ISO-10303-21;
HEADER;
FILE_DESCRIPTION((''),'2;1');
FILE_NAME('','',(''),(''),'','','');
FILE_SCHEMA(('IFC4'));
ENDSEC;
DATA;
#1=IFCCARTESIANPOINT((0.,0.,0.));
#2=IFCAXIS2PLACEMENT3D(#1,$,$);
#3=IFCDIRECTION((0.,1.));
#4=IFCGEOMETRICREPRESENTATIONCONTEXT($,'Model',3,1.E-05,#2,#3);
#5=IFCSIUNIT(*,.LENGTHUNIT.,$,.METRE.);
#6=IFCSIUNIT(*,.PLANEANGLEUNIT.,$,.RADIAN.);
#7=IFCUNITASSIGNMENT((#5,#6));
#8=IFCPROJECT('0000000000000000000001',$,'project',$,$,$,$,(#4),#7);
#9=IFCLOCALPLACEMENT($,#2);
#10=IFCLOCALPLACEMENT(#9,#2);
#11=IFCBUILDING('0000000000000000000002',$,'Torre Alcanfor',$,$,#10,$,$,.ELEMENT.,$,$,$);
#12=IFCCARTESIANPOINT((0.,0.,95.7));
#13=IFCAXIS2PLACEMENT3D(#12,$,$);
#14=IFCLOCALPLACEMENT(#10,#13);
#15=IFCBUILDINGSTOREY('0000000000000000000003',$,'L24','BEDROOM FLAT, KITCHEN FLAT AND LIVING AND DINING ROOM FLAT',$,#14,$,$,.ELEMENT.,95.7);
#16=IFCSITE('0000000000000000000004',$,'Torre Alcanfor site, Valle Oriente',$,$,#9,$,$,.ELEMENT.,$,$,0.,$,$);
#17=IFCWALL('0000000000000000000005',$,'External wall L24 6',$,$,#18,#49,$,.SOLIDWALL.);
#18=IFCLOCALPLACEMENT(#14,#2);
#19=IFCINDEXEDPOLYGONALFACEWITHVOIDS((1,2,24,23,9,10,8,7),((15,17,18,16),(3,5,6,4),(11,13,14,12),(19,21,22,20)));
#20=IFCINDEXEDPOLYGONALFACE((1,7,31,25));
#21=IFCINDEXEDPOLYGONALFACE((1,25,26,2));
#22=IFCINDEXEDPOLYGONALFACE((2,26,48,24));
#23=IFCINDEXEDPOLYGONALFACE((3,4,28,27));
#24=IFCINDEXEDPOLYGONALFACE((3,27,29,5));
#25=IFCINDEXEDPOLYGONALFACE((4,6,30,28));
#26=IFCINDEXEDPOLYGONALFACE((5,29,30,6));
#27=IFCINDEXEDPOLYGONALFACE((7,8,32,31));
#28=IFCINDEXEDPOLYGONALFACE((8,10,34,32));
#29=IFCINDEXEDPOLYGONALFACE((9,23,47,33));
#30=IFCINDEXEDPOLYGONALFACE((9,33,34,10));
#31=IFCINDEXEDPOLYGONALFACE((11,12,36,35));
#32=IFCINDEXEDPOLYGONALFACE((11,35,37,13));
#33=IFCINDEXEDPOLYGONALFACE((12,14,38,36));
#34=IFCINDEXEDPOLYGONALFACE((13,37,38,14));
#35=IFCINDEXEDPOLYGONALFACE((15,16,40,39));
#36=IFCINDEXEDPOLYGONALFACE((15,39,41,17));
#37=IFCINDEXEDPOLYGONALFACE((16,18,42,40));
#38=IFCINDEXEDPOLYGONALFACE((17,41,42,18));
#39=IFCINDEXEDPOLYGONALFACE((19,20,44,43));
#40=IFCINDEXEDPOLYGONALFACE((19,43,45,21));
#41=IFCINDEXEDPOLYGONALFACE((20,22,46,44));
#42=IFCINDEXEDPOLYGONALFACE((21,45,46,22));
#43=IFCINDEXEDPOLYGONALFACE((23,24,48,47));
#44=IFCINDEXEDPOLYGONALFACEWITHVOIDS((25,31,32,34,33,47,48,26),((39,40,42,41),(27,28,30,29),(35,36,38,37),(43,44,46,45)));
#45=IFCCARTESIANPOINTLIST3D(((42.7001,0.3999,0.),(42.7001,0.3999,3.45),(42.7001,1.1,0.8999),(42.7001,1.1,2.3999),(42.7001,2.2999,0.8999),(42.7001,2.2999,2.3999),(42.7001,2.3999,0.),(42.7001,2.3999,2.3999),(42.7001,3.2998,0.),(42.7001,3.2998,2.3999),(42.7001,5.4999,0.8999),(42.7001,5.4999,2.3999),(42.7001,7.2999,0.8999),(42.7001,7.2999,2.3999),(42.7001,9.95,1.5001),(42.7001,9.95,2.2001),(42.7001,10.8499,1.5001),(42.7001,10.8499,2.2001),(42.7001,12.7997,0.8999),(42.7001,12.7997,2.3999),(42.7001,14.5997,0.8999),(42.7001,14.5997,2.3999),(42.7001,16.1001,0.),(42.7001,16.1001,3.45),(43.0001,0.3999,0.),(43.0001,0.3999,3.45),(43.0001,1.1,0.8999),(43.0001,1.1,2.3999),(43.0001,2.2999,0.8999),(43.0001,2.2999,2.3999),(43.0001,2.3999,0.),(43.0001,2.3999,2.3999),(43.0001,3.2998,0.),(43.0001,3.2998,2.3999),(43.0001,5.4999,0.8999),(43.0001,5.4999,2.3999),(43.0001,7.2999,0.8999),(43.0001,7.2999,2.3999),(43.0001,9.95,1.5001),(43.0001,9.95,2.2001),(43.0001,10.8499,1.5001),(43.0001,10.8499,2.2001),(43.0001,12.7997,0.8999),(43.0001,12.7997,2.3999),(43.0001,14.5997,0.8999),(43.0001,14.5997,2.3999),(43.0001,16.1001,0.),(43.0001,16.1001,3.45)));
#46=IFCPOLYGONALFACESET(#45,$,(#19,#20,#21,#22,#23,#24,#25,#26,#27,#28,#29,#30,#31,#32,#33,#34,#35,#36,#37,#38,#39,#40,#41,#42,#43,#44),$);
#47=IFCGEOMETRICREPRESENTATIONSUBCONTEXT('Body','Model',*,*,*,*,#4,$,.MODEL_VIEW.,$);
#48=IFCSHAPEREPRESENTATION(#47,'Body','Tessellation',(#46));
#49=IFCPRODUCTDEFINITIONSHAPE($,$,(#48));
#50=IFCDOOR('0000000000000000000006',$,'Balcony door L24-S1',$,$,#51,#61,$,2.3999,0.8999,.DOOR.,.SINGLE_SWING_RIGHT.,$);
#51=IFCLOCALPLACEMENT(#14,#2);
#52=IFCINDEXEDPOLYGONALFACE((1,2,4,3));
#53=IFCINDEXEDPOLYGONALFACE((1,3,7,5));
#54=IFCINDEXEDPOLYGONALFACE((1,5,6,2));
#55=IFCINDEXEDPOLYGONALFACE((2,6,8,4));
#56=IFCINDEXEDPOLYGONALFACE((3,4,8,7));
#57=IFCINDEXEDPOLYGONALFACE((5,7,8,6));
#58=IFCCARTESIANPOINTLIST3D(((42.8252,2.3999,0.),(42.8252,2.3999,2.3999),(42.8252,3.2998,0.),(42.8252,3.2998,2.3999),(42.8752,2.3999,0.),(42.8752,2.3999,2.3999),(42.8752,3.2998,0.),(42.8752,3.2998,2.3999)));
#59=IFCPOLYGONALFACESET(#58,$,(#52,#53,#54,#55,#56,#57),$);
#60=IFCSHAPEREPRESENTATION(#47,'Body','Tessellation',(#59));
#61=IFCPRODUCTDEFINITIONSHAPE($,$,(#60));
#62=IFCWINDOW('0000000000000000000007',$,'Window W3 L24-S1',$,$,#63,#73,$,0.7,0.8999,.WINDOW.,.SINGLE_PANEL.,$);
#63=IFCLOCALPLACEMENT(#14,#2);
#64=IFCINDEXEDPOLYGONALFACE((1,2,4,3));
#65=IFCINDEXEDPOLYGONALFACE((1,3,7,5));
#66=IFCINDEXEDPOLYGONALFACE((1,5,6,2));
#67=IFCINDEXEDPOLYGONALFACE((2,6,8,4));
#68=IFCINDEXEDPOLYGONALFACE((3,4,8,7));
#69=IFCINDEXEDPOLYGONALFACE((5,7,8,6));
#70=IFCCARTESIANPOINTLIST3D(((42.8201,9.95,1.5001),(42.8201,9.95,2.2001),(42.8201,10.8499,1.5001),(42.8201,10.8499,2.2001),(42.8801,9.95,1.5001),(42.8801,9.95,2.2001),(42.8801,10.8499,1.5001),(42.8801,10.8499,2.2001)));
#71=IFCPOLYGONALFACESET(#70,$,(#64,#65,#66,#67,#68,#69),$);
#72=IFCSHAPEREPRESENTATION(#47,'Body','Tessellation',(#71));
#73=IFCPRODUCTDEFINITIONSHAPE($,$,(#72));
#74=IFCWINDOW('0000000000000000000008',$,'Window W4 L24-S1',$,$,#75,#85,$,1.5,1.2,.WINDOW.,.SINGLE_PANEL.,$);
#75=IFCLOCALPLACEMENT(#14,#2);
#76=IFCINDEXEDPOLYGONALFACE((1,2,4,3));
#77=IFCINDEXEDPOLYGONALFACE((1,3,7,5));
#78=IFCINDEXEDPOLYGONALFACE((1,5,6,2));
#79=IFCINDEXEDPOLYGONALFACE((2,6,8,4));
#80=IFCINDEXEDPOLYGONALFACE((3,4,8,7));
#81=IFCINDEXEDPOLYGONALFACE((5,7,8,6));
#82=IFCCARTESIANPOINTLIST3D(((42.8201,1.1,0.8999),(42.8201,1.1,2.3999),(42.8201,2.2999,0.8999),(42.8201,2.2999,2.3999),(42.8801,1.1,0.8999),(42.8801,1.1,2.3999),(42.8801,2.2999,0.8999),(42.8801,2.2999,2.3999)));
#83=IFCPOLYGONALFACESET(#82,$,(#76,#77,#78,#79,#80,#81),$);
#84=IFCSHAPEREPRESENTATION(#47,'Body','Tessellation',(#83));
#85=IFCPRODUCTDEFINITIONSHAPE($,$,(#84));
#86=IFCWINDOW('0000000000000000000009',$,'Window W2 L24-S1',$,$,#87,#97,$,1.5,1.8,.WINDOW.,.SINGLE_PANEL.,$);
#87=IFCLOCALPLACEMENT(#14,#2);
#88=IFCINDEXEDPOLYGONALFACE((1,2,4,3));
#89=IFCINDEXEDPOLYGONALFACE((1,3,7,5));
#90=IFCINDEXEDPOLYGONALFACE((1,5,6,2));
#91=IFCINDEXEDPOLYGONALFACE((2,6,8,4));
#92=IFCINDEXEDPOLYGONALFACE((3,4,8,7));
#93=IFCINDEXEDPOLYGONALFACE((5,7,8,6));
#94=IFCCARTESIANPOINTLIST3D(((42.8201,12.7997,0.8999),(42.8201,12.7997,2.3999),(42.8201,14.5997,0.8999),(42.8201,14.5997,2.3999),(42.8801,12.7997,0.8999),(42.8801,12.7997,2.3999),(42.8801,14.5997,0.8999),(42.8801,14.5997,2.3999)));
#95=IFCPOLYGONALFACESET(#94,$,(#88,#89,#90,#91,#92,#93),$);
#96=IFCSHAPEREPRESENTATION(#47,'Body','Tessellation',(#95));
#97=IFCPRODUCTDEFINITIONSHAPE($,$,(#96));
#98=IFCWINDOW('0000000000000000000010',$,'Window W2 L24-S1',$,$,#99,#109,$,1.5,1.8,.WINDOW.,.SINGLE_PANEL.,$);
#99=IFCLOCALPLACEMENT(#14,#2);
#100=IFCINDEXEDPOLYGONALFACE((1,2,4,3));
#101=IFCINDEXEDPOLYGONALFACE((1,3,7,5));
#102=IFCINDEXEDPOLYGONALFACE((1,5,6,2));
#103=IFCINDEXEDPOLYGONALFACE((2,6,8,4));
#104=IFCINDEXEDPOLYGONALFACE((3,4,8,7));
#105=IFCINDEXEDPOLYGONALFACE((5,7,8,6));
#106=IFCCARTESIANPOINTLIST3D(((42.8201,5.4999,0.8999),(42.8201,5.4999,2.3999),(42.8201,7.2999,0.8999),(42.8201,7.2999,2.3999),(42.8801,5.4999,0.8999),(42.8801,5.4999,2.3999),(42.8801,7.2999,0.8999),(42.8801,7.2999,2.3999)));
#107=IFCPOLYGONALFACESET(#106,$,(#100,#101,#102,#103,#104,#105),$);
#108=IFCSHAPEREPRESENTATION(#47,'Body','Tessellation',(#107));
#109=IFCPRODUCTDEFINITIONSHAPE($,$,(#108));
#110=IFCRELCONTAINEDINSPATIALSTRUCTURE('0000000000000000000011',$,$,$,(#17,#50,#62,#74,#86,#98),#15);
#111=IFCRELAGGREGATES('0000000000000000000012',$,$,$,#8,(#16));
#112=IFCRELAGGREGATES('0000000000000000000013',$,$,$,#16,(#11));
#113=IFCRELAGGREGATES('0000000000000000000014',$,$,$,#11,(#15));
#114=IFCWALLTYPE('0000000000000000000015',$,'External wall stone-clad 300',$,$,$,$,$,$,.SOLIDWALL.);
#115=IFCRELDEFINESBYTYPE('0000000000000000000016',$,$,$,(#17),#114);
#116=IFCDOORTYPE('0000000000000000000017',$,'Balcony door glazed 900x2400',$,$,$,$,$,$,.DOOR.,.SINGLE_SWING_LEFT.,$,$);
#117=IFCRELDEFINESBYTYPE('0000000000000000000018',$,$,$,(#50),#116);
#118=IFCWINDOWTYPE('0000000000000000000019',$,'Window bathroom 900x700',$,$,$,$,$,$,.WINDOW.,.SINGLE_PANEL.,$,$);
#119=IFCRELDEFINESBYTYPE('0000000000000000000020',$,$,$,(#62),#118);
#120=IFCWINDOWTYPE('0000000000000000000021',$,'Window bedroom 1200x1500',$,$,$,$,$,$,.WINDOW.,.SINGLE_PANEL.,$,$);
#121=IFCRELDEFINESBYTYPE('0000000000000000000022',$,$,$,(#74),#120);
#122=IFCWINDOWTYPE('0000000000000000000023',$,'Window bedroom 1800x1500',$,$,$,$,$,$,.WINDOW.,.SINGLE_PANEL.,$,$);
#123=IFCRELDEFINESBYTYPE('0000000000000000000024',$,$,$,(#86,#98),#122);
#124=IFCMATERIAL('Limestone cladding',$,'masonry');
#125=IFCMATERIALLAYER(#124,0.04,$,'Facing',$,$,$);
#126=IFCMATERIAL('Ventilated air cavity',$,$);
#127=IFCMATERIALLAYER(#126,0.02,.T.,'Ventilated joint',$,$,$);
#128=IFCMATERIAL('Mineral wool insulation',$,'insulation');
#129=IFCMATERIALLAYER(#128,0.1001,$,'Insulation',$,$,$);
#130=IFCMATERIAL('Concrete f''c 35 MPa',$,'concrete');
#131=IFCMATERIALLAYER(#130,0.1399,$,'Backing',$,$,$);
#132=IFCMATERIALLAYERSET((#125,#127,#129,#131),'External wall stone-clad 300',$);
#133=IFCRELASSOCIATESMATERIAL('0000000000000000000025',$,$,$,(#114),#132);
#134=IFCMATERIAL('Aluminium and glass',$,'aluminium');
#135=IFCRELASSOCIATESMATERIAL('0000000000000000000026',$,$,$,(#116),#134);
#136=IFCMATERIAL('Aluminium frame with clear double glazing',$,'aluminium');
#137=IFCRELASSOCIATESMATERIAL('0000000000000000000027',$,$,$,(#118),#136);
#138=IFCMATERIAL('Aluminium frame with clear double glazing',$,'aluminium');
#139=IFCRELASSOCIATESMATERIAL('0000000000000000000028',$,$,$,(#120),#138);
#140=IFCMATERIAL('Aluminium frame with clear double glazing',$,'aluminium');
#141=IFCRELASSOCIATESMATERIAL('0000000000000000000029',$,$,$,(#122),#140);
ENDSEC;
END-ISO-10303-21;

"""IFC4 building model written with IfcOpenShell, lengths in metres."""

from ifc_helpers import new_model, si_unit, direction, frame, frame_2d, origin, place, context, subcontext, project, spatial, rectangle, extrude, material, layer, layer_set, type_object, element, fill, save


model = new_model("IFC4")

# Units and contexts
model_context = context("Model", 3, precision=1e-05, world=origin(), true_north=direction((0.0, 1.0)))
body_context = subcontext(model_context, "Body", "Model", "MODEL_VIEW")
ifc_project = project(units=[si_unit("LENGTHUNIT", "METRE"), si_unit("PLANEANGLEUNIT", "RADIAN")], contexts=[model_context])

# Site, building, storey
site_placement = place(None, origin())
site = spatial("IfcSite", under=ifc_project, at=site_placement, Name="Torre Alcanfor site, Valle Oriente", CompositionType="ELEMENT", RefElevation=0.0)
building_placement = place(site_placement, origin())
building = spatial("IfcBuilding", under=site, at=building_placement, Name="Torre Alcanfor", CompositionType="ELEMENT")
storey_placement = place(building_placement, frame((0.0, 0.0, 95.7)))
storey = spatial("IfcBuildingStorey", under=building, at=storey_placement, Name="L24", Description="BEDROOM FLAT, KITCHEN FLAT AND LIVING AND DINING ROOM FLAT", CompositionType="ELEMENT", Elevation=95.7)

# Wall, openings, door, windows
ifc_material_1 = material(Name="Limestone cladding", Category="masonry")
ifc_layer_1 = layer(ifc_material_1, 0.04, Name="Facing")
ifc_material_2 = material(Name="Ventilated air cavity")
ifc_layer_2 = layer(ifc_material_2, 0.02, ventilated=True, Name="Ventilated joint")
ifc_material_3 = material(Name="Mineral wool insulation", Category="insulation")
ifc_layer_3 = layer(ifc_material_3, 0.1001, Name="Insulation")
ifc_material_4 = material(Name="Concrete f'c 35 MPa", Category="concrete")
ifc_layer_4 = layer(ifc_material_4, 0.1399, Name="Backing")
ifc_layer_set_1 = layer_set([ifc_layer_1, ifc_layer_2, ifc_layer_3, ifc_layer_4], Name="External wall stone-clad 300")
wall_type_1 = type_object("IfcWallType", Name="External wall stone-clad 300", PredefinedType="SOLIDWALL", material=ifc_layer_set_1)
wall_1_placement = place(storey_placement, frame((42.8501, 0.3999, 0.0), z_axis=(0.0, 0.0, 1.0), x_axis=(0.0, 1.0, 0.0)))
wall_1 = element("IfcWall", 1, at=wall_1_placement, inside=storey, type_object=wall_type_1, Name="External wall L24 6", PredefinedType="SOLIDWALL", context=body_context, shape_type="SweptSolid", body=[
    extrude(rectangle(XDim=15.7002, YDim=0.3, at=frame_2d((7.8501, 0.0))), origin(), (0.0, 0.0, 1.0), 3.45),
])
opening_1_placement = place(wall_1_placement, frame((12.3999, 0.0, 0.8999)))
opening_1 = element("IfcOpeningElement", 2, at=opening_1_placement, cuts=wall_1, PredefinedType="OPENING", context=body_context, shape_type="SweptSolid", body=[
    extrude(rectangle(XDim=1.8, YDim=1.5, at=frame_2d((0.8999, 0.75))), frame((0.0, 0.1599, 0.0), z_axis=(0.0, -1.0, 0.0), x_axis=(1.0, 0.0, 0.0)), (0.0, 0.0, 1.0), 0.3201),
])
opening_2_placement = place(wall_1_placement, frame((9.55, 0.0, 1.5)))
opening_2 = element("IfcOpeningElement", 3, at=opening_2_placement, cuts=wall_1, PredefinedType="OPENING", context=body_context, shape_type="SweptSolid", body=[
    extrude(rectangle(XDim=0.8999, YDim=0.7, at=frame_2d((0.45, 0.3501))), frame((0.0, 0.1599, 0.0), z_axis=(0.0, -1.0, 0.0), x_axis=(1.0, 0.0, 0.0)), (0.0, 0.0, 1.0), 0.3201),
])
opening_3_placement = place(wall_1_placement, frame((5.1001, 0.0, 0.8999)))
opening_3 = element("IfcOpeningElement", 4, at=opening_3_placement, cuts=wall_1, PredefinedType="OPENING", context=body_context, shape_type="SweptSolid", body=[
    extrude(rectangle(XDim=1.8, YDim=1.5, at=frame_2d((0.8999, 0.75))), frame((0.0, 0.1599, 0.0), z_axis=(0.0, -1.0, 0.0), x_axis=(1.0, 0.0, 0.0)), (0.0, 0.0, 1.0), 0.3201),
])
opening_4_placement = place(wall_1_placement, frame((2.0, 0.0, 0.0)))
opening_4 = element("IfcOpeningElement", 5, at=opening_4_placement, cuts=wall_1, PredefinedType="OPENING", context=body_context, shape_type="SweptSolid", body=[
    extrude(rectangle(XDim=0.8999, YDim=2.3999, at=frame_2d((0.45, 1.2))), frame((0.0, 0.1599, 0.0), z_axis=(0.0, -1.0, 0.0), x_axis=(1.0, 0.0, 0.0)), (0.0, 0.0, 1.0), 0.3201),
])
opening_5_placement = place(wall_1_placement, frame((0.7, 0.0, 0.8999)))
opening_5 = element("IfcOpeningElement", 6, at=opening_5_placement, cuts=wall_1, PredefinedType="OPENING", context=body_context, shape_type="SweptSolid", body=[
    extrude(rectangle(XDim=1.2, YDim=1.5, at=frame_2d((0.6001, 0.75))), frame((0.0, 0.1599, 0.0), z_axis=(0.0, -1.0, 0.0), x_axis=(1.0, 0.0, 0.0)), (0.0, 0.0, 1.0), 0.3201),
])
ifc_material_5 = material(Name="Aluminium and glass", Category="aluminium")
door_type = type_object("IfcDoorType", Name="Balcony door glazed 900x2400", OperationType="SINGLE_SWING_LEFT", PredefinedType="DOOR", material=ifc_material_5)
door_1_placement = place(opening_4_placement, origin())
door_1 = element("IfcDoor", 7, at=door_1_placement, inside=storey, type_object=door_type, Name="Balcony door L24-S1", OperationType="SINGLE_SWING_RIGHT", OverallHeight=2.3999, OverallWidth=0.8999, PredefinedType="DOOR", context=body_context, shape_type="SweptSolid", body=[
    extrude(rectangle(XDim=0.8999, YDim=2.3999, at=frame_2d((0.45, 1.2))), frame((0.0, 0.0249, 0.0), z_axis=(0.0, -1.0, 0.0), x_axis=(1.0, 0.0, 0.0)), (0.0, 0.0, 1.0), 0.05),
])
fill(opening_4, door_1)
ifc_material_6 = material(Name="Aluminium frame with clear double glazing", Category="aluminium")
window_type_1 = type_object("IfcWindowType", Name="Window bathroom 900x700", PartitioningType="SINGLE_PANEL", PredefinedType="WINDOW", material=ifc_material_6)
window_1_placement = place(opening_2_placement, origin())
window_1 = element("IfcWindow", 8, at=window_1_placement, inside=storey, type_object=window_type_1, Name="Window W3 L24-S1", OverallHeight=0.7, OverallWidth=0.8999, PartitioningType="SINGLE_PANEL", PredefinedType="WINDOW", context=body_context, shape_type="SweptSolid", body=[
    extrude(rectangle(XDim=0.8999, YDim=0.7, at=frame_2d((0.45, 0.3501))), frame((0.0, 0.03, 0.0), z_axis=(0.0, -1.0, 0.0), x_axis=(1.0, 0.0, 0.0)), (0.0, 0.0, 1.0), 0.0601),
])
fill(opening_2, window_1)
ifc_material_7 = material(Name="Aluminium frame with clear double glazing", Category="aluminium")
window_type_2 = type_object("IfcWindowType", Name="Window bedroom 1200x1500", PartitioningType="SINGLE_PANEL", PredefinedType="WINDOW", material=ifc_material_7)
window_2_placement = place(opening_5_placement, origin())
window_2 = element("IfcWindow", 9, at=window_2_placement, inside=storey, type_object=window_type_2, Name="Window W4 L24-S1", OverallHeight=1.5, OverallWidth=1.2, PartitioningType="SINGLE_PANEL", PredefinedType="WINDOW", context=body_context, shape_type="SweptSolid", body=[
    extrude(rectangle(XDim=1.2, YDim=1.5, at=frame_2d((0.6001, 0.75))), frame((0.0, 0.03, 0.0), z_axis=(0.0, -1.0, 0.0), x_axis=(1.0, 0.0, 0.0)), (0.0, 0.0, 1.0), 0.0601),
])
fill(opening_5, window_2)
ifc_material_8 = material(Name="Aluminium frame with clear double glazing", Category="aluminium")
window_type_3 = type_object("IfcWindowType", Name="Window bedroom 1800x1500", PartitioningType="SINGLE_PANEL", PredefinedType="WINDOW", material=ifc_material_8)
window_3_placement = place(opening_1_placement, origin())
window_3 = element("IfcWindow", 10, at=window_3_placement, inside=storey, type_object=window_type_3, Name="Window W2 L24-S1", OverallHeight=1.5, OverallWidth=1.8, PartitioningType="SINGLE_PANEL", PredefinedType="WINDOW", context=body_context, shape_type="SweptSolid", body=[
    extrude(rectangle(XDim=1.8, YDim=1.5, at=frame_2d((0.8999, 0.75))), frame((0.0, 0.03, 0.0), z_axis=(0.0, -1.0, 0.0), x_axis=(1.0, 0.0, 0.0)), (0.0, 0.0, 1.0), 0.0601),
])
fill(opening_1, window_3)
window_4_placement = place(opening_3_placement, origin())
window_4 = element("IfcWindow", 11, at=window_4_placement, inside=storey, type_object=window_type_3, Name="Window W2 L24-S1", OverallHeight=1.5, OverallWidth=1.8, PartitioningType="SINGLE_PANEL", PredefinedType="WINDOW", context=body_context, shape_type="SweptSolid", body=[
    extrude(rectangle(XDim=1.8, YDim=1.5, at=frame_2d((0.8999, 0.75))), frame((0.0, 0.03, 0.0), z_axis=(0.0, -1.0, 0.0), x_axis=(1.0, 0.0, 0.0)), (0.0, 0.0, 1.0), 0.0601),
])
fill(opening_3, window_4)

save(model, "model.ifc")
